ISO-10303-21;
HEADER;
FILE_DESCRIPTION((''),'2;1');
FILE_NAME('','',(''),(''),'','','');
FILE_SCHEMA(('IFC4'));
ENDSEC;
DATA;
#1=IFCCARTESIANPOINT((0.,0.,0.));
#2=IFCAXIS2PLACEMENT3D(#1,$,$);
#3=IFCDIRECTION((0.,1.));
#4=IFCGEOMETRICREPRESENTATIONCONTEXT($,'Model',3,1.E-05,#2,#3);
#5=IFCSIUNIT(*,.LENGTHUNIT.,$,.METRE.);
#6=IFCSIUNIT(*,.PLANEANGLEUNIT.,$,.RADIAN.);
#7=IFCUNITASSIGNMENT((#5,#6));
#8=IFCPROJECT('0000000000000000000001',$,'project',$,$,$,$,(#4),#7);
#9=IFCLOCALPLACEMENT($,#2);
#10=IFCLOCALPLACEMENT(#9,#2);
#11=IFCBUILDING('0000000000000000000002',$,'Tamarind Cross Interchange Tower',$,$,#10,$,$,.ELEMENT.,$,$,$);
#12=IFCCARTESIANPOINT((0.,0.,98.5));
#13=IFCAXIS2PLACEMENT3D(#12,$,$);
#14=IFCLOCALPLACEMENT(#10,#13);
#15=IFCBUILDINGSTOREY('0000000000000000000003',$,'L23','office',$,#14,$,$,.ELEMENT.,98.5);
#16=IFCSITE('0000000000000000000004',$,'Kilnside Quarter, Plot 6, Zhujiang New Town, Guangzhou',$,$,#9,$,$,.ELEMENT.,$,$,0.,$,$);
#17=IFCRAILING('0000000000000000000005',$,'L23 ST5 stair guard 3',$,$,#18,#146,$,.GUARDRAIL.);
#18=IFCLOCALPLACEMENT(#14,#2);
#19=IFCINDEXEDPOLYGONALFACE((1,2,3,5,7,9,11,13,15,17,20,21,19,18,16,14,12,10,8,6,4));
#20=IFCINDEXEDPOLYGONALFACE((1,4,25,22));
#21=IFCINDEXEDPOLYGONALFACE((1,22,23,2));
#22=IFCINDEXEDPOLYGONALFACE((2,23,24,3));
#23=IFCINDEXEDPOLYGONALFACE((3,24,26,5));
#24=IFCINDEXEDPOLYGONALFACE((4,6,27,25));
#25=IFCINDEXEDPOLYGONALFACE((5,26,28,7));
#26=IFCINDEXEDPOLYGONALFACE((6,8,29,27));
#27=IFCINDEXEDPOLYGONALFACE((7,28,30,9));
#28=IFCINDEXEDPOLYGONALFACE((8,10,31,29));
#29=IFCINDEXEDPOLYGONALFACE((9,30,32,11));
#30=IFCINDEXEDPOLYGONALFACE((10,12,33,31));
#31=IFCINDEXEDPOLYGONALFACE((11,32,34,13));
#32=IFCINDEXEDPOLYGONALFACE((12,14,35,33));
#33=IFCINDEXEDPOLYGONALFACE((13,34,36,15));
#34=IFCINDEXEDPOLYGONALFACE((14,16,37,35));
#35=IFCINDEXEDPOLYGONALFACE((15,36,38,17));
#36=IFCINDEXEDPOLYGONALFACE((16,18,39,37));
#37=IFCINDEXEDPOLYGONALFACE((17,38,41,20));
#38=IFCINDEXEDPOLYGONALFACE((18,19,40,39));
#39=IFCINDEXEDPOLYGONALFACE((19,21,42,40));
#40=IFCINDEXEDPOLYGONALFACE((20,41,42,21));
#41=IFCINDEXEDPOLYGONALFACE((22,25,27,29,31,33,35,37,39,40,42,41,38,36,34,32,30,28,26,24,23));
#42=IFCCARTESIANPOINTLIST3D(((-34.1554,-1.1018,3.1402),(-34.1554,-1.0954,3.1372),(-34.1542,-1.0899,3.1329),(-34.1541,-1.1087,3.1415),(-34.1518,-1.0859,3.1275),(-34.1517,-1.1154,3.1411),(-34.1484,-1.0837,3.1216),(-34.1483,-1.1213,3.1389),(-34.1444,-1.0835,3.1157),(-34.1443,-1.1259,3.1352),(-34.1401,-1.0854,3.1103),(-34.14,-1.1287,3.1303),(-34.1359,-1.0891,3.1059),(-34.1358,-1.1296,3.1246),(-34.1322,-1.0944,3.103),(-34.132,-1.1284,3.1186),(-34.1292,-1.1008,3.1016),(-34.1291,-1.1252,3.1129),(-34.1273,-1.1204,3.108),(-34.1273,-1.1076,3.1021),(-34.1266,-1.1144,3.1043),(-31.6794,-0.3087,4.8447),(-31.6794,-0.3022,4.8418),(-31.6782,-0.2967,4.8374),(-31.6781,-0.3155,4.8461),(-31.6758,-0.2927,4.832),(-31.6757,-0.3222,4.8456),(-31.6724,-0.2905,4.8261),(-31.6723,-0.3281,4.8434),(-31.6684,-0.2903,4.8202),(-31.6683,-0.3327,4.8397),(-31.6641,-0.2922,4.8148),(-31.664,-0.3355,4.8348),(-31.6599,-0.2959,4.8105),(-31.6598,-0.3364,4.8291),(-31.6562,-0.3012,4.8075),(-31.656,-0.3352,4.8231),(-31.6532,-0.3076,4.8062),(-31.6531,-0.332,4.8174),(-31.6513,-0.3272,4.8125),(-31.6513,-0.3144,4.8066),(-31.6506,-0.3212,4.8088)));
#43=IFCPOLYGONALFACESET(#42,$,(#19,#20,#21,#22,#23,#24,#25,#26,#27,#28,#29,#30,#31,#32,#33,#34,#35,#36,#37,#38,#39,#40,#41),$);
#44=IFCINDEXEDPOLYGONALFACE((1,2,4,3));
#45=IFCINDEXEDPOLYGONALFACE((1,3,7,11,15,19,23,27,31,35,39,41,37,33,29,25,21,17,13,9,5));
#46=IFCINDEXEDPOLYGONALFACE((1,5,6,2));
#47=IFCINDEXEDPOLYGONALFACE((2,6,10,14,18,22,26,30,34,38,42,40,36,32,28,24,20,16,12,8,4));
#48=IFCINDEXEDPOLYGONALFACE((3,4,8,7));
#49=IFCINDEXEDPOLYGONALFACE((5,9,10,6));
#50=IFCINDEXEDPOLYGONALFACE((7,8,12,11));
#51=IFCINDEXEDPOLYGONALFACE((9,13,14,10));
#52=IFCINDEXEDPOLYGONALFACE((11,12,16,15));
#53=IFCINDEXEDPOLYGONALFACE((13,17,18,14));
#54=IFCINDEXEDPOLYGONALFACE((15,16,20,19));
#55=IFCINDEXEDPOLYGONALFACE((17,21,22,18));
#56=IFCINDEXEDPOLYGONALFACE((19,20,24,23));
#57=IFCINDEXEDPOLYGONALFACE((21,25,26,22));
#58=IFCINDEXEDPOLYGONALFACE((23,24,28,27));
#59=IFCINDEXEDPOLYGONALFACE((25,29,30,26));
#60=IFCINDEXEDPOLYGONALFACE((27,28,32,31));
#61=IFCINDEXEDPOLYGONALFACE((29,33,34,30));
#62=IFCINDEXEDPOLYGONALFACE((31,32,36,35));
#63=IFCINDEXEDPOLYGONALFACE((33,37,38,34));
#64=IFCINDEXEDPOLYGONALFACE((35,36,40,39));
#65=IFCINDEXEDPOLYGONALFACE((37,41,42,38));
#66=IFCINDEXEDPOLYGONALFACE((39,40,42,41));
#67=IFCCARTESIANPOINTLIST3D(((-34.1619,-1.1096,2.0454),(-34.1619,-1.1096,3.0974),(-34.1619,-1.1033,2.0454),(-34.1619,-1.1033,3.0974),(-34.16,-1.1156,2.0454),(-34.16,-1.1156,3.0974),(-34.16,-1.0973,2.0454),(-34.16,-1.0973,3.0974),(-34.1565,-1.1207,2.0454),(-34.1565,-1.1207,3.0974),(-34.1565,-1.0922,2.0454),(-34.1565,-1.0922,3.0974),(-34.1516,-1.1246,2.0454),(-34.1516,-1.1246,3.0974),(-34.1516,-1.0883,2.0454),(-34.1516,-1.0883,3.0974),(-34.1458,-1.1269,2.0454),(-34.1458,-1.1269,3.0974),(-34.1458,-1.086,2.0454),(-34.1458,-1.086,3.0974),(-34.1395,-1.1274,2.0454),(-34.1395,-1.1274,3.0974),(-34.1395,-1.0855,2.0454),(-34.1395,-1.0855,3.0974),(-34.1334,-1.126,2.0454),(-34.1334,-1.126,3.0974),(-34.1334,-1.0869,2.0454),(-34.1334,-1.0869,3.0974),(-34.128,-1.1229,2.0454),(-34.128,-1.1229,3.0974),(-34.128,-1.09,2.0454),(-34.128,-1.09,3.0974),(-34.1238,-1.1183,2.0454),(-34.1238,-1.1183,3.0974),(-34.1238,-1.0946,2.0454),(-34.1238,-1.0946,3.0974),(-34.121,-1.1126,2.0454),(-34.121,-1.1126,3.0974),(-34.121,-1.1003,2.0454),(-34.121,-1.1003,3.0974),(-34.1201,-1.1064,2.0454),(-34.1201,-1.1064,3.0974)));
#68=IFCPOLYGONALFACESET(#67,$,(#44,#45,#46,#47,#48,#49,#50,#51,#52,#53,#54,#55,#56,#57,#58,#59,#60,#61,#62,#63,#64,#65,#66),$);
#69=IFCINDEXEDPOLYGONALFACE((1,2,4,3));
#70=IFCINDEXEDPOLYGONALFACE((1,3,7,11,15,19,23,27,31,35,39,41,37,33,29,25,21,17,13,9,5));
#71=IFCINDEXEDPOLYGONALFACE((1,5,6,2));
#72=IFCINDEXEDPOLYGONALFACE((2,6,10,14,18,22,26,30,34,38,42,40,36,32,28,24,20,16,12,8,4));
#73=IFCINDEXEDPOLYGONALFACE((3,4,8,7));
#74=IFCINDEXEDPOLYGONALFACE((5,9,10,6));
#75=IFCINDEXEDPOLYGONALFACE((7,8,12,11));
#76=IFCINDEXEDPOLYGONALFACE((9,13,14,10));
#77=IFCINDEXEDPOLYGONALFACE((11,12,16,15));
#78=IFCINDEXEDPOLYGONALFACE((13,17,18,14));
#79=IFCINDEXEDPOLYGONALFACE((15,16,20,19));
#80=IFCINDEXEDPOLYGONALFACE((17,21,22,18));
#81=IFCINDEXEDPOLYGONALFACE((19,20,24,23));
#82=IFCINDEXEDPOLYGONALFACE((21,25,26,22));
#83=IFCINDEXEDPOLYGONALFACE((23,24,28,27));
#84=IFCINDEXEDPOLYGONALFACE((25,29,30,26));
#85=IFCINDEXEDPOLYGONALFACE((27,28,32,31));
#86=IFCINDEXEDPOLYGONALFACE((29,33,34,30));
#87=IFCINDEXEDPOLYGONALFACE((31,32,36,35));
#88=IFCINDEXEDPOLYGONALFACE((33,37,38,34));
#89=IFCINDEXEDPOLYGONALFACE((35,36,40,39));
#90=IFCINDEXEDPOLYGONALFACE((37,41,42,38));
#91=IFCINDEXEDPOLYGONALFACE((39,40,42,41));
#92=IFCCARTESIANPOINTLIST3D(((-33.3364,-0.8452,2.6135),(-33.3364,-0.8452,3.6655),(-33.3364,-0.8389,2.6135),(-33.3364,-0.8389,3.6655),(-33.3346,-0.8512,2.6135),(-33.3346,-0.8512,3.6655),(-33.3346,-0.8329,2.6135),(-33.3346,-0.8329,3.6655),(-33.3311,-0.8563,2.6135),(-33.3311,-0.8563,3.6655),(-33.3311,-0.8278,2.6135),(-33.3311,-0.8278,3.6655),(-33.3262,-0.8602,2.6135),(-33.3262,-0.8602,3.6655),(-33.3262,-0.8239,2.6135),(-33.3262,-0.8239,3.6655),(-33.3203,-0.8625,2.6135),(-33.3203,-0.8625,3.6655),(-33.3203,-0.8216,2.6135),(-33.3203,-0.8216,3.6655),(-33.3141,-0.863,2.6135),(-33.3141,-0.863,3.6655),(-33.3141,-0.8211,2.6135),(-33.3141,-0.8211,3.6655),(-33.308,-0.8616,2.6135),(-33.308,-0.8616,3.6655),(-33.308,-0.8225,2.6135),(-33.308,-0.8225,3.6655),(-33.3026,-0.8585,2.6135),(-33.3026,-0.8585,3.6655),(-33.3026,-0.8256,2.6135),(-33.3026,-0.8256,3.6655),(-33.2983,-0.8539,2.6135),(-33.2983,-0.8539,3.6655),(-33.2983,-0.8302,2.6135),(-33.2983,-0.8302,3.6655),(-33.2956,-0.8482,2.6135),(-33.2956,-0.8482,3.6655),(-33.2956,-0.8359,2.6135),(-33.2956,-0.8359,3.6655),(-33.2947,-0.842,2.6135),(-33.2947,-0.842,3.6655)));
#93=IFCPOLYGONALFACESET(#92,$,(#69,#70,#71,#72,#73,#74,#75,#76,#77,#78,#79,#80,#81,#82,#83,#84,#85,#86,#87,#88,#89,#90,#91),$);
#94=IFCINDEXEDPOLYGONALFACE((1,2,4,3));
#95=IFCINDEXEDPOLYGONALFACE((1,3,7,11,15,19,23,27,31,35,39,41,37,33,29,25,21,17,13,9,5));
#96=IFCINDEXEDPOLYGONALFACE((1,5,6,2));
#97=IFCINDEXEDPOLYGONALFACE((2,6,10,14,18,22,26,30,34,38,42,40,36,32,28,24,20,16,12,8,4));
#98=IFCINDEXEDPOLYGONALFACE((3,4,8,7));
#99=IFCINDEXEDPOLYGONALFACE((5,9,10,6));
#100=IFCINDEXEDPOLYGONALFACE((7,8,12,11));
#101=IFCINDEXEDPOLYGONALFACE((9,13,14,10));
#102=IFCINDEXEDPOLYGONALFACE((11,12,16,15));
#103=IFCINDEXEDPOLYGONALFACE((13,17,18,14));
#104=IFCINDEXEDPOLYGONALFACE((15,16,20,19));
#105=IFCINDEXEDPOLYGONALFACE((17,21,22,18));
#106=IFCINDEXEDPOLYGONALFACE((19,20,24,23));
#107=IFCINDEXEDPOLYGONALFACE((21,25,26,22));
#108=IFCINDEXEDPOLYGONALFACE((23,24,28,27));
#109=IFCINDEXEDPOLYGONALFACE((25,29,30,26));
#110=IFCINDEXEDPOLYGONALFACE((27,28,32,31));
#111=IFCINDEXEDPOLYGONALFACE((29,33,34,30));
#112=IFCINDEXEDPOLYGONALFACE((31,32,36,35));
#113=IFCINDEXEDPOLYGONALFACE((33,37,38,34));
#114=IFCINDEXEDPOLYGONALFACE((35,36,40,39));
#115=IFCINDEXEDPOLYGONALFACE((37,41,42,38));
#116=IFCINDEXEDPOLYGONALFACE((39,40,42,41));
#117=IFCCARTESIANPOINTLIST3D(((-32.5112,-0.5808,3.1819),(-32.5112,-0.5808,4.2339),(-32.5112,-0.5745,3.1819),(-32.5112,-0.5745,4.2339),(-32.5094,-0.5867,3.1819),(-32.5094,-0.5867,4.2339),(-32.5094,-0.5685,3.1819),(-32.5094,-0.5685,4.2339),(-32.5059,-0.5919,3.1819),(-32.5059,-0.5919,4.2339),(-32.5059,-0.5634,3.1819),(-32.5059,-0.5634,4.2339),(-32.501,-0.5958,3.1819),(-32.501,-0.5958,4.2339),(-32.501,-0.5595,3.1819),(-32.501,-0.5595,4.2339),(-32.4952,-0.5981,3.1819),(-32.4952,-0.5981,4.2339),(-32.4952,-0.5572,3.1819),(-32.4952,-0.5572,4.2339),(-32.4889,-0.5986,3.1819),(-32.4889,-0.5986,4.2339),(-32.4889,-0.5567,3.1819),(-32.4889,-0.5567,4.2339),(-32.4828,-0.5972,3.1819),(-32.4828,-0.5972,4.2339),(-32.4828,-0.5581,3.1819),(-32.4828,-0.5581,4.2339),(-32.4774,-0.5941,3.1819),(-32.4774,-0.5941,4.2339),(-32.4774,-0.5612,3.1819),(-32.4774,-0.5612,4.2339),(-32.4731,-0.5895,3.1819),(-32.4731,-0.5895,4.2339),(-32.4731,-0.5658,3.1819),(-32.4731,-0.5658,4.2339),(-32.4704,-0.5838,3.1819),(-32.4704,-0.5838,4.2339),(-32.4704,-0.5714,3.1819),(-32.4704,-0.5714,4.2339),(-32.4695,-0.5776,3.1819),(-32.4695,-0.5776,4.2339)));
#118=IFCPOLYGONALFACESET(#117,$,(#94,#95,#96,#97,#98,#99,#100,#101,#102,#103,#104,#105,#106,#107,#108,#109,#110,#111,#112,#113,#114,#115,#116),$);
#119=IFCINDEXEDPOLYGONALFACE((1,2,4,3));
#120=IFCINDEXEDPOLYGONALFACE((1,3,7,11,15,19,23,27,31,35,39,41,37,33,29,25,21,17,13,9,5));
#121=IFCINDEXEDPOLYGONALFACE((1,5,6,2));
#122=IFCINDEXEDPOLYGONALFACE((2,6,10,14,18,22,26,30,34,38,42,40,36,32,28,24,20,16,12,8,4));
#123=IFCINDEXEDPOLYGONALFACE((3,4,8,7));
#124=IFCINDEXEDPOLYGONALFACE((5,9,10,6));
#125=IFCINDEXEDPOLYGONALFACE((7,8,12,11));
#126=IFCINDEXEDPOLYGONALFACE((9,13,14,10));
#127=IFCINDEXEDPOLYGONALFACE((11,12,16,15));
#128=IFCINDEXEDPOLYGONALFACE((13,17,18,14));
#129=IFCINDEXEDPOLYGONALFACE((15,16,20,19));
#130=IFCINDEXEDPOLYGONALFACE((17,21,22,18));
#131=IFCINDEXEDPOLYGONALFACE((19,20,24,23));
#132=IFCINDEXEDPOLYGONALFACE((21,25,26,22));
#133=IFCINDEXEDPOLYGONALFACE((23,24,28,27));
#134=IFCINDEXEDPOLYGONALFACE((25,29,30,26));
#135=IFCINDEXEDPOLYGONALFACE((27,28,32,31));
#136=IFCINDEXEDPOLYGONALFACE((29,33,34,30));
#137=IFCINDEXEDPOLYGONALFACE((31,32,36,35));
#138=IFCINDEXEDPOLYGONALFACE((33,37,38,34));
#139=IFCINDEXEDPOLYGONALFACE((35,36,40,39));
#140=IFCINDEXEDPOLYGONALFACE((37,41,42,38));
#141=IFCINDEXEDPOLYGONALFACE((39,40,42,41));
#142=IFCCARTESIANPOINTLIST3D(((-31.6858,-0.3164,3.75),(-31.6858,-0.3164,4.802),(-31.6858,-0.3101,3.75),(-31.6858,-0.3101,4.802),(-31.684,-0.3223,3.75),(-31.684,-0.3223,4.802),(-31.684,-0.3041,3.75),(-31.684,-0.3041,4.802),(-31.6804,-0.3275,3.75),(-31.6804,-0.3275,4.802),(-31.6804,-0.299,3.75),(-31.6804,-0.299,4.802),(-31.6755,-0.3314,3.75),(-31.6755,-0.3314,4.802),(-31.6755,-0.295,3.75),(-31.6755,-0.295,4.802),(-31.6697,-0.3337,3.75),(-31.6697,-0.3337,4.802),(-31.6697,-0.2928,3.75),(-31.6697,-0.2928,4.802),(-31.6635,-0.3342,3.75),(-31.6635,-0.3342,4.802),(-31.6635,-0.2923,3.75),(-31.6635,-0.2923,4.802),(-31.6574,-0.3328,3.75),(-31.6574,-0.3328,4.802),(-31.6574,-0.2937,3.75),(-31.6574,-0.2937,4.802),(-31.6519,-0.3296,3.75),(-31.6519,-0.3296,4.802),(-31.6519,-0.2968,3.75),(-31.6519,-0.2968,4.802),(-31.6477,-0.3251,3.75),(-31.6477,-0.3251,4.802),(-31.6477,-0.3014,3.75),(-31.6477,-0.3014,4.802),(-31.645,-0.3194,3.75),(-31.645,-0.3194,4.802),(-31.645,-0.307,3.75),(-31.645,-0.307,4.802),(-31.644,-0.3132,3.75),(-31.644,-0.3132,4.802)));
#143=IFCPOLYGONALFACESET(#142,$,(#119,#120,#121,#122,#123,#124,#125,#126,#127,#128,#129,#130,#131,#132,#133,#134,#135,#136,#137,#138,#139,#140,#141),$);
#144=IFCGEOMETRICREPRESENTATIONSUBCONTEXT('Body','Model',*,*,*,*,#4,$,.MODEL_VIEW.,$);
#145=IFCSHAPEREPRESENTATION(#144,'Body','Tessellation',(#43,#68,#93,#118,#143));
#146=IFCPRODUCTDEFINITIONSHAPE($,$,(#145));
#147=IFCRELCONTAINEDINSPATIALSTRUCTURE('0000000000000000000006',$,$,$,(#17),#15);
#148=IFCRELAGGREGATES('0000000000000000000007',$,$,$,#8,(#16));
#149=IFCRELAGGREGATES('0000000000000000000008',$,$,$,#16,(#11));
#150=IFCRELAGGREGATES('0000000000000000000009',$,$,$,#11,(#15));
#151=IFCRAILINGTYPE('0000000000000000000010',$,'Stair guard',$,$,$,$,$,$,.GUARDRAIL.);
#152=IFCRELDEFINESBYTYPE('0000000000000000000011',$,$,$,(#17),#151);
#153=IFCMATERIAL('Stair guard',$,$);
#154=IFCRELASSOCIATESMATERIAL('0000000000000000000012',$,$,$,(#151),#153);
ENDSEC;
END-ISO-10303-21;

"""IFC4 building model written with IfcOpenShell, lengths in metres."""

from ifc_helpers import new_model, si_unit, direction, frame, origin, origin_2d, place, context, subcontext, project, spatial, circle, extrude, material, type_object, element, save


model = new_model("IFC4")

# Units and contexts
model_context = context("Model", 3, precision=1e-05, world=origin(), true_north=direction((0.0, 1.0)))
body_context = subcontext(model_context, "Body", "Model", "MODEL_VIEW")
ifc_project = project(units=[si_unit("LENGTHUNIT", "METRE"), si_unit("PLANEANGLEUNIT", "RADIAN")], contexts=[model_context])

# Site, building, storey
site_placement = place(None, origin())
site = spatial("IfcSite", under=ifc_project, at=site_placement, Name="Kilnside Quarter, Plot 6, Zhujiang New Town, Guangzhou", CompositionType="ELEMENT", RefElevation=0.0)
building_placement = place(site_placement, origin())
building = spatial("IfcBuilding", under=site, at=building_placement, Name="Tamarind Cross Interchange Tower", CompositionType="ELEMENT")
storey_placement = place(building_placement, frame((0.0, 0.0, 98.5)))
storey = spatial("IfcBuildingStorey", under=building, at=storey_placement, Name="L23", Description="office", CompositionType="ELEMENT", Elevation=98.5)

# Railing
ifc_material_1 = material(Name="Stair guard")
railing_type_1 = type_object("IfcRailingType", Name="Stair guard", PredefinedType="GUARDRAIL", material=ifc_material_1)
railing_1_placement = place(storey_placement, frame((-34.1411, -1.1064, 2.0454)))
element("IfcRailing", 1, at=railing_1_placement, inside=storey, type_object=railing_type_1, Name="L23 ST5 stair guard 3", PredefinedType="GUARDRAIL", context=body_context, shape_type="SweptSolid", body=[
    extrude(circle(Radius=0.0239, at=origin_2d()), frame((0.0, 0.0, 1.0762), z_axis=(0.796427, 0.255136, 0.548279), x_axis=(-0.305079, 0.952327, 0.0)), (0.0, 0.0, 1.0), 3.1089),
    extrude(circle(Radius=0.021, at=origin_2d()), origin(), (0.0, 0.0, 1.0), 1.052),
    extrude(circle(Radius=0.021, at=origin_2d()), frame((0.8254, 0.2644, 0.5681)), (0.0, 0.0, 1.0), 1.052),
    extrude(circle(Radius=0.021, at=origin_2d()), frame((1.6506, 0.5288, 1.1365)), (0.0, 0.0, 1.0), 1.052),
    extrude(circle(Radius=0.021, at=origin_2d()), frame((2.4761, 0.7932, 1.7046)), (0.0, 0.0, 1.0), 1.052),
])

save(model, "model.ifc")
